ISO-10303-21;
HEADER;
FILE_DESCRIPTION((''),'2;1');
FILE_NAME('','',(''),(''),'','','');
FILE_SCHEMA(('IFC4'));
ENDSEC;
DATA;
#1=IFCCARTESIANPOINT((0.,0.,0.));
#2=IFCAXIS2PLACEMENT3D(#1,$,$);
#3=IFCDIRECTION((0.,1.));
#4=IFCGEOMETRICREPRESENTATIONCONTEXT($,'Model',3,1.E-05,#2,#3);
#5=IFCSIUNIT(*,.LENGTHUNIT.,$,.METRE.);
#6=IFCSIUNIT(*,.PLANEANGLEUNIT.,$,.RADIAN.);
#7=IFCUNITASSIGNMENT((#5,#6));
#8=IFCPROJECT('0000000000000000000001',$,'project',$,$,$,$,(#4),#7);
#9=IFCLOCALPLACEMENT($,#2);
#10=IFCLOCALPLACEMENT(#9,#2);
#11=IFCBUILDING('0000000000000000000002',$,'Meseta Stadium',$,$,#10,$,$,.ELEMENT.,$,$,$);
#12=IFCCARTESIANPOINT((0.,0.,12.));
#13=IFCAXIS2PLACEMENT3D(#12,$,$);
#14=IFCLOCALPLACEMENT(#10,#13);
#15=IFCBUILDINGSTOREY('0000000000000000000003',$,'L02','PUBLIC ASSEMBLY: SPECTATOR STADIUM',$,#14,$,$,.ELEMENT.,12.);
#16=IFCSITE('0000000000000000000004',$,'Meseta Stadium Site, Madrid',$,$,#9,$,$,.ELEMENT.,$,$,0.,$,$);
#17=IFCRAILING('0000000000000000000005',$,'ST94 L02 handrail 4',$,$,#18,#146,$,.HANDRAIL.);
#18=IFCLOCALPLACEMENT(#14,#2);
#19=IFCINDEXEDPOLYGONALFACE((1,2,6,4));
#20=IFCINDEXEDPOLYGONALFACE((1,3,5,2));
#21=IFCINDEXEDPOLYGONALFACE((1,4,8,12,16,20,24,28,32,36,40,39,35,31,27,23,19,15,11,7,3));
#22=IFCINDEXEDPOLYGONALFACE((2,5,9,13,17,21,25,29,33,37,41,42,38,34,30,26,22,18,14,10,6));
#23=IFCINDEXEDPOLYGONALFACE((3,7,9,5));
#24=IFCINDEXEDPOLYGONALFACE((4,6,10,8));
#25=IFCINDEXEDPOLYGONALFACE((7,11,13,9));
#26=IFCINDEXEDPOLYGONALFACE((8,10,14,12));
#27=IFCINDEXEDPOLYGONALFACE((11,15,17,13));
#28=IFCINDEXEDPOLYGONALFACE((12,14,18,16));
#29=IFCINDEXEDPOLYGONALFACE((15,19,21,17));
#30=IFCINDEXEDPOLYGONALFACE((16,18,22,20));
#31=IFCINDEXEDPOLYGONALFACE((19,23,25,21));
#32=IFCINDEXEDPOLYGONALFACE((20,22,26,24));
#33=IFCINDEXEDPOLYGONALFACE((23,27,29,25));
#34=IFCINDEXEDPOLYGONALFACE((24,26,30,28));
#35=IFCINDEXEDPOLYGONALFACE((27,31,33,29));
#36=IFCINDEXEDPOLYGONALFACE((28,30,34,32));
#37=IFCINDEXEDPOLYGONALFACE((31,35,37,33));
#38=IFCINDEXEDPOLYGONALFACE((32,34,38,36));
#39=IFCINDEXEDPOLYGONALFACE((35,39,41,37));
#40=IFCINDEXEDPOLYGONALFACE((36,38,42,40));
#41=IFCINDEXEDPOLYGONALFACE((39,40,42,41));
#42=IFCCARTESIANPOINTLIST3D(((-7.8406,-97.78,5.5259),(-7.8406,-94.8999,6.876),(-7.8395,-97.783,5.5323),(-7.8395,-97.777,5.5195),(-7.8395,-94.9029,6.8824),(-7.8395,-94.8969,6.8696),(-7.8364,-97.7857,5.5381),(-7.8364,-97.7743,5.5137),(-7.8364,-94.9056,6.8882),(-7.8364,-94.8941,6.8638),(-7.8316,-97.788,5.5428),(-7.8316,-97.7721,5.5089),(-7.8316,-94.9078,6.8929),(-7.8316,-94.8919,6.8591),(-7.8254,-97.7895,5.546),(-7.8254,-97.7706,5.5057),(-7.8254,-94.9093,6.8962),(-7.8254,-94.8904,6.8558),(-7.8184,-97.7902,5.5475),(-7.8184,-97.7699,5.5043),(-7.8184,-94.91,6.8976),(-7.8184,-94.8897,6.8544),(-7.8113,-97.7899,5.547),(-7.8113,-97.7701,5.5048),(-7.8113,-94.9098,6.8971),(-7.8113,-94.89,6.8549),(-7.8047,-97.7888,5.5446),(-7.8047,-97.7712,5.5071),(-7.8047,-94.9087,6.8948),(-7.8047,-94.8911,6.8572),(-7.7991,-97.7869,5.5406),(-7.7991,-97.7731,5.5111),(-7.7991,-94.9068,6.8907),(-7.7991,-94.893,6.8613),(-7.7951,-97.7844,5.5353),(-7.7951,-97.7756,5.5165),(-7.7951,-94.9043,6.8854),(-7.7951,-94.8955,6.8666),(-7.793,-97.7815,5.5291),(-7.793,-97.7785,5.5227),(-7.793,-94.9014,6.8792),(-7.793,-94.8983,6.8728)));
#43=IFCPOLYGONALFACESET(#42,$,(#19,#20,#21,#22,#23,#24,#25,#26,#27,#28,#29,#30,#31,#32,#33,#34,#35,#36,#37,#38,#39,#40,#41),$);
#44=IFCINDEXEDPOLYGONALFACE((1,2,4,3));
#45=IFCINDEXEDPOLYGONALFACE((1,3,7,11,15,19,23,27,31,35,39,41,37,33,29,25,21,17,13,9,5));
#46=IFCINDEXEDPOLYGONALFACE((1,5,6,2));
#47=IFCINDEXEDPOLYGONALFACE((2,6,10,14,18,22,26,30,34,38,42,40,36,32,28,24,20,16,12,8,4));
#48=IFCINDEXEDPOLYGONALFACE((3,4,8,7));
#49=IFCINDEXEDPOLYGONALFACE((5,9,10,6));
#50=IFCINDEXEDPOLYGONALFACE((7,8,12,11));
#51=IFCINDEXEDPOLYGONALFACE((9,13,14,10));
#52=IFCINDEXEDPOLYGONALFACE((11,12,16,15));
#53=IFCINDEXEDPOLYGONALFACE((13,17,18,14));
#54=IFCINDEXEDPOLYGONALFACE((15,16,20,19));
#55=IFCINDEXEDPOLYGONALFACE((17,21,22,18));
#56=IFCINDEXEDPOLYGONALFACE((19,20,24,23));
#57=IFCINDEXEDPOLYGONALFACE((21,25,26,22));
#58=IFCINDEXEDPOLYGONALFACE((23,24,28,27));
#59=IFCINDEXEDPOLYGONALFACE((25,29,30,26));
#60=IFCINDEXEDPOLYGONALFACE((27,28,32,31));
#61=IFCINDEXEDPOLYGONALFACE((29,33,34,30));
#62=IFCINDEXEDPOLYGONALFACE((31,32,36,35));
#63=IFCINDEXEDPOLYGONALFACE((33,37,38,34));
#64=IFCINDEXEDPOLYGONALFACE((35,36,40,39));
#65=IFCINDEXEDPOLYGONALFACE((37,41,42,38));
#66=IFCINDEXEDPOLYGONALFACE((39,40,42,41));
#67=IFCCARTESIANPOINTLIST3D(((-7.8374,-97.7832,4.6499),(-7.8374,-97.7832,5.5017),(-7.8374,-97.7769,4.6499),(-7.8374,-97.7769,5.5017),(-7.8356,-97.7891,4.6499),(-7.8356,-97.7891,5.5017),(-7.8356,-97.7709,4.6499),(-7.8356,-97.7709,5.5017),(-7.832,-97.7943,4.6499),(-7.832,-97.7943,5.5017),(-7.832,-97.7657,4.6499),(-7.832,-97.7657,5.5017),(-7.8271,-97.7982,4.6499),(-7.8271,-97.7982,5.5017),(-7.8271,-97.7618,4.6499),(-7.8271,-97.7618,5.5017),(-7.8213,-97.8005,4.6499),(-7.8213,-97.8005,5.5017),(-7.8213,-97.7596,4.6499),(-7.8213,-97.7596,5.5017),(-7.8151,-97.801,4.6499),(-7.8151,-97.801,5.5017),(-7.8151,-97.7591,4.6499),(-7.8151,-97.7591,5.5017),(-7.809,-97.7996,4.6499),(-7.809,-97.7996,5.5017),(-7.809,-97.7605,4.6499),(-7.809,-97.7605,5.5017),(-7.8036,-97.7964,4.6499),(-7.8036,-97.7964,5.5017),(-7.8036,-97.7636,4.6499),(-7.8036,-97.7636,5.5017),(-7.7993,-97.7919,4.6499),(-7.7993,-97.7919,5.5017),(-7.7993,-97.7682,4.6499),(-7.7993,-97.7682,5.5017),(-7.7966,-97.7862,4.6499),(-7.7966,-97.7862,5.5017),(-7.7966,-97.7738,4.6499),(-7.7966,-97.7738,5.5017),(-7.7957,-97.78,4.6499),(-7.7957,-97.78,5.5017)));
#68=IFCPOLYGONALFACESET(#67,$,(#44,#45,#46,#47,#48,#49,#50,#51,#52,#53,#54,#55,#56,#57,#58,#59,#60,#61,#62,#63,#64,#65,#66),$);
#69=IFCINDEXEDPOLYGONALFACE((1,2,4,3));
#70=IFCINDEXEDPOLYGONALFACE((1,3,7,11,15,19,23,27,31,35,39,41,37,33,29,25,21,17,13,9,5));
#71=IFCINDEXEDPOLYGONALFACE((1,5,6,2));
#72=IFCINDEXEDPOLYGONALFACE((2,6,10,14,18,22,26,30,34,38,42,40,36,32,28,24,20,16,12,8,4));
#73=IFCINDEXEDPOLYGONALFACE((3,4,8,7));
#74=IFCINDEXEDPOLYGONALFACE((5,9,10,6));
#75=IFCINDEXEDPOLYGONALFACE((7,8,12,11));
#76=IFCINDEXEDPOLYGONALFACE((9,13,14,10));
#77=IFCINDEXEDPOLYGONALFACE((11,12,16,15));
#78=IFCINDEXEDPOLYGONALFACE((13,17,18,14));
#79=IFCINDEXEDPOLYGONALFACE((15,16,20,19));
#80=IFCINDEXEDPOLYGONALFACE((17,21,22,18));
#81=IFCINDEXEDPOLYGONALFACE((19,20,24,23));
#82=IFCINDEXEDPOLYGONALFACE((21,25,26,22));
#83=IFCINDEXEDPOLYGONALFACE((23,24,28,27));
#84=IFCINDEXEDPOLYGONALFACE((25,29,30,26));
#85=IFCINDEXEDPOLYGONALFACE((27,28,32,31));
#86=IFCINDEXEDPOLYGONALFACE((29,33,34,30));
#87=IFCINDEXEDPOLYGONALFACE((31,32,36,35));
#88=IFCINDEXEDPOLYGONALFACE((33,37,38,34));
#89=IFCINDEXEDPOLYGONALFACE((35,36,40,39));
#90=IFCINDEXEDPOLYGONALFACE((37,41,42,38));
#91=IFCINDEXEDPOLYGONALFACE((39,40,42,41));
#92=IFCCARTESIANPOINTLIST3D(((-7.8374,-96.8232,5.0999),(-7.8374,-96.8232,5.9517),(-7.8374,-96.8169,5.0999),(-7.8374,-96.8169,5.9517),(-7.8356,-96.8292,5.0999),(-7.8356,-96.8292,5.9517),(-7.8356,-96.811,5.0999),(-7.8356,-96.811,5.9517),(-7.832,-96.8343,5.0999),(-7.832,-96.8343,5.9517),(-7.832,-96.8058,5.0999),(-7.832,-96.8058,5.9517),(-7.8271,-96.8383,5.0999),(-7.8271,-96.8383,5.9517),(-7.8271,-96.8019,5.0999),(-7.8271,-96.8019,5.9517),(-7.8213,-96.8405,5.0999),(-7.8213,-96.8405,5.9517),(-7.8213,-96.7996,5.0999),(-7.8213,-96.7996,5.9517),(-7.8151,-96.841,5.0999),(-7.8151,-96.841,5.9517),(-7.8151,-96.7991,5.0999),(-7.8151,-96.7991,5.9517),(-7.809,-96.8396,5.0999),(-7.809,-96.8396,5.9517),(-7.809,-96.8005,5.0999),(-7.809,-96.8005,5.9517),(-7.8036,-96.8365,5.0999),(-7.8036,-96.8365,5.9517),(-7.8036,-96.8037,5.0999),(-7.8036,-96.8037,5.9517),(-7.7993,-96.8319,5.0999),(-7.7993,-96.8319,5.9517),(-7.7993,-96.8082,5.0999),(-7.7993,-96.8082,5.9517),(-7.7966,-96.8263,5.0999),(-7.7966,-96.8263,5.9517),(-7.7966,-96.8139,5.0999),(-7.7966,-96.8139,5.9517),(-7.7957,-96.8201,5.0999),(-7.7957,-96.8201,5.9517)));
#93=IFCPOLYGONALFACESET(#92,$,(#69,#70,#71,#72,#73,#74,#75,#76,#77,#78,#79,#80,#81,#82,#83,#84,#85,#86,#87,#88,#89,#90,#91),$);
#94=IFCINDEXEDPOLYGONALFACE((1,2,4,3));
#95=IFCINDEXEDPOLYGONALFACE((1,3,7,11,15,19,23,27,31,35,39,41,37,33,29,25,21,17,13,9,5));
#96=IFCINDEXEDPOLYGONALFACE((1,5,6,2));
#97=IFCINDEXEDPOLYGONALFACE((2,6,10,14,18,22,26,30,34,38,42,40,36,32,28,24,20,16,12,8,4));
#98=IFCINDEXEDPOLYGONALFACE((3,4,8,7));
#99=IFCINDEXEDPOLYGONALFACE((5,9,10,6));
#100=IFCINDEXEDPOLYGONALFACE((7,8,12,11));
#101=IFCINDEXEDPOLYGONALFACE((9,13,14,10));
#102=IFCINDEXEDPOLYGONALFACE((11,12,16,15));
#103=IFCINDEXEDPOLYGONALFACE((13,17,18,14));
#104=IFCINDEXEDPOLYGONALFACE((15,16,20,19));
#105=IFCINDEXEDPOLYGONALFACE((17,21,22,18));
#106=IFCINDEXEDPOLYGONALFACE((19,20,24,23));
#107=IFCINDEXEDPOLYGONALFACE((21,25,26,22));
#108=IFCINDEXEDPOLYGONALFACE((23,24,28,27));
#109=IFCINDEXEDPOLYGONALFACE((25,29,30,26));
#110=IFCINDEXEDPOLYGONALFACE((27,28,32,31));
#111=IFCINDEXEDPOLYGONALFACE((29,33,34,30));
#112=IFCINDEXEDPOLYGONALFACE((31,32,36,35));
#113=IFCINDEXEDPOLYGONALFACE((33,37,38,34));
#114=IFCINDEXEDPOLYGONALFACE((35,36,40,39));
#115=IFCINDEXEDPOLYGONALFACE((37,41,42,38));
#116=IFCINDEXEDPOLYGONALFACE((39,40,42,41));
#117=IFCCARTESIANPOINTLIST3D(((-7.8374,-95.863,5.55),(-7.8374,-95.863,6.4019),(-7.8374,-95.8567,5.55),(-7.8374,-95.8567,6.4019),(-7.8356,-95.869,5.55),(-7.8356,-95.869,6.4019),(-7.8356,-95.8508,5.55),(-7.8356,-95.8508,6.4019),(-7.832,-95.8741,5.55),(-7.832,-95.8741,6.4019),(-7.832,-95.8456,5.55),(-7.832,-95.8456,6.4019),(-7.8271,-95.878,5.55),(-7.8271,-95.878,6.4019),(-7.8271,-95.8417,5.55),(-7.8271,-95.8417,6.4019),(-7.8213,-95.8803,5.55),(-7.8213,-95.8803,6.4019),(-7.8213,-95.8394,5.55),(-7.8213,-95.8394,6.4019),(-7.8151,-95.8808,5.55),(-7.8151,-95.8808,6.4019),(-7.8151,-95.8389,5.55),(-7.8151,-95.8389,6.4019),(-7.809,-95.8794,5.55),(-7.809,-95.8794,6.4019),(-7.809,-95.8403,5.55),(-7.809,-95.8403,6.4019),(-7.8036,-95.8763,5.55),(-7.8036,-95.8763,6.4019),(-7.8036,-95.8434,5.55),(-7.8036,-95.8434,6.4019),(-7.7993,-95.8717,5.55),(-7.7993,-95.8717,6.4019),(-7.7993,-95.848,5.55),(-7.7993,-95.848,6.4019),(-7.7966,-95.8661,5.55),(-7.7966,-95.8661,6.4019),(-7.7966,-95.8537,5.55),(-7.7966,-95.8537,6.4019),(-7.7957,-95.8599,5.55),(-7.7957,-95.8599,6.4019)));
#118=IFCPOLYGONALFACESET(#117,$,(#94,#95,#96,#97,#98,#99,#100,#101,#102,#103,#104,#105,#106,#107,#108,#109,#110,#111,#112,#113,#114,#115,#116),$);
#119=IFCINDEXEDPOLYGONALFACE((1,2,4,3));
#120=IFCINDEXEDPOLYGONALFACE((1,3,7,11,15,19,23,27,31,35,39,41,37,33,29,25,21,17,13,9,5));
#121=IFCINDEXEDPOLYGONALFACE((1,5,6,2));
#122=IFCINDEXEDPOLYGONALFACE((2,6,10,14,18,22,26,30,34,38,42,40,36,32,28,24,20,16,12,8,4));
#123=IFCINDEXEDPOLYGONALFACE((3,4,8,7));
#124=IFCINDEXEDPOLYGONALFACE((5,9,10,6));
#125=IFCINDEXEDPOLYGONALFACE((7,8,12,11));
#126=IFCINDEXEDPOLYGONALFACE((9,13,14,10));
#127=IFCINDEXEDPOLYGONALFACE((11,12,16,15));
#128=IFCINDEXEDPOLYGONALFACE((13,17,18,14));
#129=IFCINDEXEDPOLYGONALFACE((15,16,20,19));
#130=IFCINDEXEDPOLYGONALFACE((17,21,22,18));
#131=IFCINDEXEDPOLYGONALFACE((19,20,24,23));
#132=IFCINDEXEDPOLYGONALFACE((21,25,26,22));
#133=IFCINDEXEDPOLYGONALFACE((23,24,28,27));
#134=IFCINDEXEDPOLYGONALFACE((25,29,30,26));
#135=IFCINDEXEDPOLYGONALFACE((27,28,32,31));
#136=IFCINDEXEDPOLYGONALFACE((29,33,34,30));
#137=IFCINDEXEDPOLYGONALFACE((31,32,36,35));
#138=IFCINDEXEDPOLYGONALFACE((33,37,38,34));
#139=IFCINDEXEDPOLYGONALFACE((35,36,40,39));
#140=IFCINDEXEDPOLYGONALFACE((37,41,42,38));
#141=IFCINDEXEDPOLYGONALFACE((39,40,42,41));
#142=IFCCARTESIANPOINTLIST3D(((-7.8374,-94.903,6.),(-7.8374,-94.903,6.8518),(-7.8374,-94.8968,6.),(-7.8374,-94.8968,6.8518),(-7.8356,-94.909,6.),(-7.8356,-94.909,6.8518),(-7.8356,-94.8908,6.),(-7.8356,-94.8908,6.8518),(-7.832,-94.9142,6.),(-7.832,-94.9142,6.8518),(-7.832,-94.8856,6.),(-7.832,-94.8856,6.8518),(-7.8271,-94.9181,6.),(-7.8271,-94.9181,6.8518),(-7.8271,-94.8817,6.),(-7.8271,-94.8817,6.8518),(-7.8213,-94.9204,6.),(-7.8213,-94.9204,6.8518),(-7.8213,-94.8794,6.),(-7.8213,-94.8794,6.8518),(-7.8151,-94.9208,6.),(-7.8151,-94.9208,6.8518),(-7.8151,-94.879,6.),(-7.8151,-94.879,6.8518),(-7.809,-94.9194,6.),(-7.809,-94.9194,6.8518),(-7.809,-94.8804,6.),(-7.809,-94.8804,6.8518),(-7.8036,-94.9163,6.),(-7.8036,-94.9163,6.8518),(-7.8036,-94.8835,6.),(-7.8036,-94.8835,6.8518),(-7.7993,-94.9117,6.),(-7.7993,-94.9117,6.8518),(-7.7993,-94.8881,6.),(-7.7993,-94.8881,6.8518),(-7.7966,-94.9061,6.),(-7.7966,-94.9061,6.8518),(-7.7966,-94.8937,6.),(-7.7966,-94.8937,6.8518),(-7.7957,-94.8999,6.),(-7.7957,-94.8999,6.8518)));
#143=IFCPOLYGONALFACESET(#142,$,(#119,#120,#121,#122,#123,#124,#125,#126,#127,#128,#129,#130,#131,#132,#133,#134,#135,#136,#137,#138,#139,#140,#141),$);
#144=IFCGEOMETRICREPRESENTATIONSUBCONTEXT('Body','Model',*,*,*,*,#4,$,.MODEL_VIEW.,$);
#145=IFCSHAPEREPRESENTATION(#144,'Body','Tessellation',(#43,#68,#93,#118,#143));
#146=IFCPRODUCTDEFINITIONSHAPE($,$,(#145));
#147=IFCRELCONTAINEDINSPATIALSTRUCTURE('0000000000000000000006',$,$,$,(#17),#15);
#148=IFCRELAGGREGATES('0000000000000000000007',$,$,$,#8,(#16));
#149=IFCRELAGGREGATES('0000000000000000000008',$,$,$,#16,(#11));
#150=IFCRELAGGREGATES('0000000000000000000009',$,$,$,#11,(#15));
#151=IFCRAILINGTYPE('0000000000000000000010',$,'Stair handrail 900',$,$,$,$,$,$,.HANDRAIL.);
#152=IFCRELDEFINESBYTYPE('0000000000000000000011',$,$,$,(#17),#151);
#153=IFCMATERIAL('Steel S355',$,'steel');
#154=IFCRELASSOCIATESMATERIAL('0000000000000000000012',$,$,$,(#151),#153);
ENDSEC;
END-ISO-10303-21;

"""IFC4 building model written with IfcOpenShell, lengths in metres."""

from ifc_helpers import new_model, si_unit, direction, frame, origin, origin_2d, place, context, subcontext, project, spatial, circle, extrude, material, type_object, element, save


model = new_model("IFC4")

# Units and contexts
model_context = context("Model", 3, precision=1e-05, world=origin(), true_north=direction((0.0, 1.0)))
body_context = subcontext(model_context, "Body", "Model", "MODEL_VIEW")
ifc_project = project(units=[si_unit("LENGTHUNIT", "METRE"), si_unit("PLANEANGLEUNIT", "RADIAN")], contexts=[model_context])

# Site, building, storey
site_placement = place(None, origin())
site = spatial("IfcSite", under=ifc_project, at=site_placement, Name="Meseta Stadium Site, Madrid", CompositionType="ELEMENT", RefElevation=0.0)
building_placement = place(site_placement, origin())
building = spatial("IfcBuilding", under=site, at=building_placement, Name="Meseta Stadium", CompositionType="ELEMENT")
storey_placement = place(building_placement, frame((0.0, 0.0, 12.0)))
storey = spatial("IfcBuildingStorey", under=building, at=storey_placement, Name="L02", Description="PUBLIC ASSEMBLY: SPECTATOR STADIUM", CompositionType="ELEMENT", Elevation=12.0)

# Railing
ifc_material_1 = material(Name="Steel S355", Category="steel")
railing_type_1 = type_object("IfcRailingType", Name="Stair handrail 900", PredefinedType="HANDRAIL", material=ifc_material_1)
railing_1_placement = place(storey_placement, frame((-7.8167, -97.78, 4.6499)))
element("IfcRailing", 1, at=railing_1_placement, inside=storey, type_object=railing_type_1, Name="ST94 L02 handrail 4", PredefinedType="HANDRAIL", context=body_context, shape_type="SweptSolid", body=[
    extrude(circle(Radius=0.0239, at=origin_2d()), frame((0.0, 0.0, 0.876), z_axis=(0.0, 0.905454, 0.424444), x_axis=(-1.0, 0.0, 0.0)), (0.0, 0.0, 1.0), 3.1809),
    extrude(circle(Radius=0.021, at=origin_2d()), origin(), (0.0, 0.0, 1.0), 0.8518),
    extrude(circle(Radius=0.021, at=origin_2d()), frame((0.0, 0.96, 0.45)), (0.0, 0.0, 1.0), 0.8518),
    extrude(circle(Radius=0.021, at=origin_2d()), frame((0.0, 1.9202, 0.9001)), (0.0, 0.0, 1.0), 0.8518),
    extrude(circle(Radius=0.021, at=origin_2d()), frame((0.0, 2.8801, 1.3501)), (0.0, 0.0, 1.0), 0.8518),
])

save(model, "model.ifc")
